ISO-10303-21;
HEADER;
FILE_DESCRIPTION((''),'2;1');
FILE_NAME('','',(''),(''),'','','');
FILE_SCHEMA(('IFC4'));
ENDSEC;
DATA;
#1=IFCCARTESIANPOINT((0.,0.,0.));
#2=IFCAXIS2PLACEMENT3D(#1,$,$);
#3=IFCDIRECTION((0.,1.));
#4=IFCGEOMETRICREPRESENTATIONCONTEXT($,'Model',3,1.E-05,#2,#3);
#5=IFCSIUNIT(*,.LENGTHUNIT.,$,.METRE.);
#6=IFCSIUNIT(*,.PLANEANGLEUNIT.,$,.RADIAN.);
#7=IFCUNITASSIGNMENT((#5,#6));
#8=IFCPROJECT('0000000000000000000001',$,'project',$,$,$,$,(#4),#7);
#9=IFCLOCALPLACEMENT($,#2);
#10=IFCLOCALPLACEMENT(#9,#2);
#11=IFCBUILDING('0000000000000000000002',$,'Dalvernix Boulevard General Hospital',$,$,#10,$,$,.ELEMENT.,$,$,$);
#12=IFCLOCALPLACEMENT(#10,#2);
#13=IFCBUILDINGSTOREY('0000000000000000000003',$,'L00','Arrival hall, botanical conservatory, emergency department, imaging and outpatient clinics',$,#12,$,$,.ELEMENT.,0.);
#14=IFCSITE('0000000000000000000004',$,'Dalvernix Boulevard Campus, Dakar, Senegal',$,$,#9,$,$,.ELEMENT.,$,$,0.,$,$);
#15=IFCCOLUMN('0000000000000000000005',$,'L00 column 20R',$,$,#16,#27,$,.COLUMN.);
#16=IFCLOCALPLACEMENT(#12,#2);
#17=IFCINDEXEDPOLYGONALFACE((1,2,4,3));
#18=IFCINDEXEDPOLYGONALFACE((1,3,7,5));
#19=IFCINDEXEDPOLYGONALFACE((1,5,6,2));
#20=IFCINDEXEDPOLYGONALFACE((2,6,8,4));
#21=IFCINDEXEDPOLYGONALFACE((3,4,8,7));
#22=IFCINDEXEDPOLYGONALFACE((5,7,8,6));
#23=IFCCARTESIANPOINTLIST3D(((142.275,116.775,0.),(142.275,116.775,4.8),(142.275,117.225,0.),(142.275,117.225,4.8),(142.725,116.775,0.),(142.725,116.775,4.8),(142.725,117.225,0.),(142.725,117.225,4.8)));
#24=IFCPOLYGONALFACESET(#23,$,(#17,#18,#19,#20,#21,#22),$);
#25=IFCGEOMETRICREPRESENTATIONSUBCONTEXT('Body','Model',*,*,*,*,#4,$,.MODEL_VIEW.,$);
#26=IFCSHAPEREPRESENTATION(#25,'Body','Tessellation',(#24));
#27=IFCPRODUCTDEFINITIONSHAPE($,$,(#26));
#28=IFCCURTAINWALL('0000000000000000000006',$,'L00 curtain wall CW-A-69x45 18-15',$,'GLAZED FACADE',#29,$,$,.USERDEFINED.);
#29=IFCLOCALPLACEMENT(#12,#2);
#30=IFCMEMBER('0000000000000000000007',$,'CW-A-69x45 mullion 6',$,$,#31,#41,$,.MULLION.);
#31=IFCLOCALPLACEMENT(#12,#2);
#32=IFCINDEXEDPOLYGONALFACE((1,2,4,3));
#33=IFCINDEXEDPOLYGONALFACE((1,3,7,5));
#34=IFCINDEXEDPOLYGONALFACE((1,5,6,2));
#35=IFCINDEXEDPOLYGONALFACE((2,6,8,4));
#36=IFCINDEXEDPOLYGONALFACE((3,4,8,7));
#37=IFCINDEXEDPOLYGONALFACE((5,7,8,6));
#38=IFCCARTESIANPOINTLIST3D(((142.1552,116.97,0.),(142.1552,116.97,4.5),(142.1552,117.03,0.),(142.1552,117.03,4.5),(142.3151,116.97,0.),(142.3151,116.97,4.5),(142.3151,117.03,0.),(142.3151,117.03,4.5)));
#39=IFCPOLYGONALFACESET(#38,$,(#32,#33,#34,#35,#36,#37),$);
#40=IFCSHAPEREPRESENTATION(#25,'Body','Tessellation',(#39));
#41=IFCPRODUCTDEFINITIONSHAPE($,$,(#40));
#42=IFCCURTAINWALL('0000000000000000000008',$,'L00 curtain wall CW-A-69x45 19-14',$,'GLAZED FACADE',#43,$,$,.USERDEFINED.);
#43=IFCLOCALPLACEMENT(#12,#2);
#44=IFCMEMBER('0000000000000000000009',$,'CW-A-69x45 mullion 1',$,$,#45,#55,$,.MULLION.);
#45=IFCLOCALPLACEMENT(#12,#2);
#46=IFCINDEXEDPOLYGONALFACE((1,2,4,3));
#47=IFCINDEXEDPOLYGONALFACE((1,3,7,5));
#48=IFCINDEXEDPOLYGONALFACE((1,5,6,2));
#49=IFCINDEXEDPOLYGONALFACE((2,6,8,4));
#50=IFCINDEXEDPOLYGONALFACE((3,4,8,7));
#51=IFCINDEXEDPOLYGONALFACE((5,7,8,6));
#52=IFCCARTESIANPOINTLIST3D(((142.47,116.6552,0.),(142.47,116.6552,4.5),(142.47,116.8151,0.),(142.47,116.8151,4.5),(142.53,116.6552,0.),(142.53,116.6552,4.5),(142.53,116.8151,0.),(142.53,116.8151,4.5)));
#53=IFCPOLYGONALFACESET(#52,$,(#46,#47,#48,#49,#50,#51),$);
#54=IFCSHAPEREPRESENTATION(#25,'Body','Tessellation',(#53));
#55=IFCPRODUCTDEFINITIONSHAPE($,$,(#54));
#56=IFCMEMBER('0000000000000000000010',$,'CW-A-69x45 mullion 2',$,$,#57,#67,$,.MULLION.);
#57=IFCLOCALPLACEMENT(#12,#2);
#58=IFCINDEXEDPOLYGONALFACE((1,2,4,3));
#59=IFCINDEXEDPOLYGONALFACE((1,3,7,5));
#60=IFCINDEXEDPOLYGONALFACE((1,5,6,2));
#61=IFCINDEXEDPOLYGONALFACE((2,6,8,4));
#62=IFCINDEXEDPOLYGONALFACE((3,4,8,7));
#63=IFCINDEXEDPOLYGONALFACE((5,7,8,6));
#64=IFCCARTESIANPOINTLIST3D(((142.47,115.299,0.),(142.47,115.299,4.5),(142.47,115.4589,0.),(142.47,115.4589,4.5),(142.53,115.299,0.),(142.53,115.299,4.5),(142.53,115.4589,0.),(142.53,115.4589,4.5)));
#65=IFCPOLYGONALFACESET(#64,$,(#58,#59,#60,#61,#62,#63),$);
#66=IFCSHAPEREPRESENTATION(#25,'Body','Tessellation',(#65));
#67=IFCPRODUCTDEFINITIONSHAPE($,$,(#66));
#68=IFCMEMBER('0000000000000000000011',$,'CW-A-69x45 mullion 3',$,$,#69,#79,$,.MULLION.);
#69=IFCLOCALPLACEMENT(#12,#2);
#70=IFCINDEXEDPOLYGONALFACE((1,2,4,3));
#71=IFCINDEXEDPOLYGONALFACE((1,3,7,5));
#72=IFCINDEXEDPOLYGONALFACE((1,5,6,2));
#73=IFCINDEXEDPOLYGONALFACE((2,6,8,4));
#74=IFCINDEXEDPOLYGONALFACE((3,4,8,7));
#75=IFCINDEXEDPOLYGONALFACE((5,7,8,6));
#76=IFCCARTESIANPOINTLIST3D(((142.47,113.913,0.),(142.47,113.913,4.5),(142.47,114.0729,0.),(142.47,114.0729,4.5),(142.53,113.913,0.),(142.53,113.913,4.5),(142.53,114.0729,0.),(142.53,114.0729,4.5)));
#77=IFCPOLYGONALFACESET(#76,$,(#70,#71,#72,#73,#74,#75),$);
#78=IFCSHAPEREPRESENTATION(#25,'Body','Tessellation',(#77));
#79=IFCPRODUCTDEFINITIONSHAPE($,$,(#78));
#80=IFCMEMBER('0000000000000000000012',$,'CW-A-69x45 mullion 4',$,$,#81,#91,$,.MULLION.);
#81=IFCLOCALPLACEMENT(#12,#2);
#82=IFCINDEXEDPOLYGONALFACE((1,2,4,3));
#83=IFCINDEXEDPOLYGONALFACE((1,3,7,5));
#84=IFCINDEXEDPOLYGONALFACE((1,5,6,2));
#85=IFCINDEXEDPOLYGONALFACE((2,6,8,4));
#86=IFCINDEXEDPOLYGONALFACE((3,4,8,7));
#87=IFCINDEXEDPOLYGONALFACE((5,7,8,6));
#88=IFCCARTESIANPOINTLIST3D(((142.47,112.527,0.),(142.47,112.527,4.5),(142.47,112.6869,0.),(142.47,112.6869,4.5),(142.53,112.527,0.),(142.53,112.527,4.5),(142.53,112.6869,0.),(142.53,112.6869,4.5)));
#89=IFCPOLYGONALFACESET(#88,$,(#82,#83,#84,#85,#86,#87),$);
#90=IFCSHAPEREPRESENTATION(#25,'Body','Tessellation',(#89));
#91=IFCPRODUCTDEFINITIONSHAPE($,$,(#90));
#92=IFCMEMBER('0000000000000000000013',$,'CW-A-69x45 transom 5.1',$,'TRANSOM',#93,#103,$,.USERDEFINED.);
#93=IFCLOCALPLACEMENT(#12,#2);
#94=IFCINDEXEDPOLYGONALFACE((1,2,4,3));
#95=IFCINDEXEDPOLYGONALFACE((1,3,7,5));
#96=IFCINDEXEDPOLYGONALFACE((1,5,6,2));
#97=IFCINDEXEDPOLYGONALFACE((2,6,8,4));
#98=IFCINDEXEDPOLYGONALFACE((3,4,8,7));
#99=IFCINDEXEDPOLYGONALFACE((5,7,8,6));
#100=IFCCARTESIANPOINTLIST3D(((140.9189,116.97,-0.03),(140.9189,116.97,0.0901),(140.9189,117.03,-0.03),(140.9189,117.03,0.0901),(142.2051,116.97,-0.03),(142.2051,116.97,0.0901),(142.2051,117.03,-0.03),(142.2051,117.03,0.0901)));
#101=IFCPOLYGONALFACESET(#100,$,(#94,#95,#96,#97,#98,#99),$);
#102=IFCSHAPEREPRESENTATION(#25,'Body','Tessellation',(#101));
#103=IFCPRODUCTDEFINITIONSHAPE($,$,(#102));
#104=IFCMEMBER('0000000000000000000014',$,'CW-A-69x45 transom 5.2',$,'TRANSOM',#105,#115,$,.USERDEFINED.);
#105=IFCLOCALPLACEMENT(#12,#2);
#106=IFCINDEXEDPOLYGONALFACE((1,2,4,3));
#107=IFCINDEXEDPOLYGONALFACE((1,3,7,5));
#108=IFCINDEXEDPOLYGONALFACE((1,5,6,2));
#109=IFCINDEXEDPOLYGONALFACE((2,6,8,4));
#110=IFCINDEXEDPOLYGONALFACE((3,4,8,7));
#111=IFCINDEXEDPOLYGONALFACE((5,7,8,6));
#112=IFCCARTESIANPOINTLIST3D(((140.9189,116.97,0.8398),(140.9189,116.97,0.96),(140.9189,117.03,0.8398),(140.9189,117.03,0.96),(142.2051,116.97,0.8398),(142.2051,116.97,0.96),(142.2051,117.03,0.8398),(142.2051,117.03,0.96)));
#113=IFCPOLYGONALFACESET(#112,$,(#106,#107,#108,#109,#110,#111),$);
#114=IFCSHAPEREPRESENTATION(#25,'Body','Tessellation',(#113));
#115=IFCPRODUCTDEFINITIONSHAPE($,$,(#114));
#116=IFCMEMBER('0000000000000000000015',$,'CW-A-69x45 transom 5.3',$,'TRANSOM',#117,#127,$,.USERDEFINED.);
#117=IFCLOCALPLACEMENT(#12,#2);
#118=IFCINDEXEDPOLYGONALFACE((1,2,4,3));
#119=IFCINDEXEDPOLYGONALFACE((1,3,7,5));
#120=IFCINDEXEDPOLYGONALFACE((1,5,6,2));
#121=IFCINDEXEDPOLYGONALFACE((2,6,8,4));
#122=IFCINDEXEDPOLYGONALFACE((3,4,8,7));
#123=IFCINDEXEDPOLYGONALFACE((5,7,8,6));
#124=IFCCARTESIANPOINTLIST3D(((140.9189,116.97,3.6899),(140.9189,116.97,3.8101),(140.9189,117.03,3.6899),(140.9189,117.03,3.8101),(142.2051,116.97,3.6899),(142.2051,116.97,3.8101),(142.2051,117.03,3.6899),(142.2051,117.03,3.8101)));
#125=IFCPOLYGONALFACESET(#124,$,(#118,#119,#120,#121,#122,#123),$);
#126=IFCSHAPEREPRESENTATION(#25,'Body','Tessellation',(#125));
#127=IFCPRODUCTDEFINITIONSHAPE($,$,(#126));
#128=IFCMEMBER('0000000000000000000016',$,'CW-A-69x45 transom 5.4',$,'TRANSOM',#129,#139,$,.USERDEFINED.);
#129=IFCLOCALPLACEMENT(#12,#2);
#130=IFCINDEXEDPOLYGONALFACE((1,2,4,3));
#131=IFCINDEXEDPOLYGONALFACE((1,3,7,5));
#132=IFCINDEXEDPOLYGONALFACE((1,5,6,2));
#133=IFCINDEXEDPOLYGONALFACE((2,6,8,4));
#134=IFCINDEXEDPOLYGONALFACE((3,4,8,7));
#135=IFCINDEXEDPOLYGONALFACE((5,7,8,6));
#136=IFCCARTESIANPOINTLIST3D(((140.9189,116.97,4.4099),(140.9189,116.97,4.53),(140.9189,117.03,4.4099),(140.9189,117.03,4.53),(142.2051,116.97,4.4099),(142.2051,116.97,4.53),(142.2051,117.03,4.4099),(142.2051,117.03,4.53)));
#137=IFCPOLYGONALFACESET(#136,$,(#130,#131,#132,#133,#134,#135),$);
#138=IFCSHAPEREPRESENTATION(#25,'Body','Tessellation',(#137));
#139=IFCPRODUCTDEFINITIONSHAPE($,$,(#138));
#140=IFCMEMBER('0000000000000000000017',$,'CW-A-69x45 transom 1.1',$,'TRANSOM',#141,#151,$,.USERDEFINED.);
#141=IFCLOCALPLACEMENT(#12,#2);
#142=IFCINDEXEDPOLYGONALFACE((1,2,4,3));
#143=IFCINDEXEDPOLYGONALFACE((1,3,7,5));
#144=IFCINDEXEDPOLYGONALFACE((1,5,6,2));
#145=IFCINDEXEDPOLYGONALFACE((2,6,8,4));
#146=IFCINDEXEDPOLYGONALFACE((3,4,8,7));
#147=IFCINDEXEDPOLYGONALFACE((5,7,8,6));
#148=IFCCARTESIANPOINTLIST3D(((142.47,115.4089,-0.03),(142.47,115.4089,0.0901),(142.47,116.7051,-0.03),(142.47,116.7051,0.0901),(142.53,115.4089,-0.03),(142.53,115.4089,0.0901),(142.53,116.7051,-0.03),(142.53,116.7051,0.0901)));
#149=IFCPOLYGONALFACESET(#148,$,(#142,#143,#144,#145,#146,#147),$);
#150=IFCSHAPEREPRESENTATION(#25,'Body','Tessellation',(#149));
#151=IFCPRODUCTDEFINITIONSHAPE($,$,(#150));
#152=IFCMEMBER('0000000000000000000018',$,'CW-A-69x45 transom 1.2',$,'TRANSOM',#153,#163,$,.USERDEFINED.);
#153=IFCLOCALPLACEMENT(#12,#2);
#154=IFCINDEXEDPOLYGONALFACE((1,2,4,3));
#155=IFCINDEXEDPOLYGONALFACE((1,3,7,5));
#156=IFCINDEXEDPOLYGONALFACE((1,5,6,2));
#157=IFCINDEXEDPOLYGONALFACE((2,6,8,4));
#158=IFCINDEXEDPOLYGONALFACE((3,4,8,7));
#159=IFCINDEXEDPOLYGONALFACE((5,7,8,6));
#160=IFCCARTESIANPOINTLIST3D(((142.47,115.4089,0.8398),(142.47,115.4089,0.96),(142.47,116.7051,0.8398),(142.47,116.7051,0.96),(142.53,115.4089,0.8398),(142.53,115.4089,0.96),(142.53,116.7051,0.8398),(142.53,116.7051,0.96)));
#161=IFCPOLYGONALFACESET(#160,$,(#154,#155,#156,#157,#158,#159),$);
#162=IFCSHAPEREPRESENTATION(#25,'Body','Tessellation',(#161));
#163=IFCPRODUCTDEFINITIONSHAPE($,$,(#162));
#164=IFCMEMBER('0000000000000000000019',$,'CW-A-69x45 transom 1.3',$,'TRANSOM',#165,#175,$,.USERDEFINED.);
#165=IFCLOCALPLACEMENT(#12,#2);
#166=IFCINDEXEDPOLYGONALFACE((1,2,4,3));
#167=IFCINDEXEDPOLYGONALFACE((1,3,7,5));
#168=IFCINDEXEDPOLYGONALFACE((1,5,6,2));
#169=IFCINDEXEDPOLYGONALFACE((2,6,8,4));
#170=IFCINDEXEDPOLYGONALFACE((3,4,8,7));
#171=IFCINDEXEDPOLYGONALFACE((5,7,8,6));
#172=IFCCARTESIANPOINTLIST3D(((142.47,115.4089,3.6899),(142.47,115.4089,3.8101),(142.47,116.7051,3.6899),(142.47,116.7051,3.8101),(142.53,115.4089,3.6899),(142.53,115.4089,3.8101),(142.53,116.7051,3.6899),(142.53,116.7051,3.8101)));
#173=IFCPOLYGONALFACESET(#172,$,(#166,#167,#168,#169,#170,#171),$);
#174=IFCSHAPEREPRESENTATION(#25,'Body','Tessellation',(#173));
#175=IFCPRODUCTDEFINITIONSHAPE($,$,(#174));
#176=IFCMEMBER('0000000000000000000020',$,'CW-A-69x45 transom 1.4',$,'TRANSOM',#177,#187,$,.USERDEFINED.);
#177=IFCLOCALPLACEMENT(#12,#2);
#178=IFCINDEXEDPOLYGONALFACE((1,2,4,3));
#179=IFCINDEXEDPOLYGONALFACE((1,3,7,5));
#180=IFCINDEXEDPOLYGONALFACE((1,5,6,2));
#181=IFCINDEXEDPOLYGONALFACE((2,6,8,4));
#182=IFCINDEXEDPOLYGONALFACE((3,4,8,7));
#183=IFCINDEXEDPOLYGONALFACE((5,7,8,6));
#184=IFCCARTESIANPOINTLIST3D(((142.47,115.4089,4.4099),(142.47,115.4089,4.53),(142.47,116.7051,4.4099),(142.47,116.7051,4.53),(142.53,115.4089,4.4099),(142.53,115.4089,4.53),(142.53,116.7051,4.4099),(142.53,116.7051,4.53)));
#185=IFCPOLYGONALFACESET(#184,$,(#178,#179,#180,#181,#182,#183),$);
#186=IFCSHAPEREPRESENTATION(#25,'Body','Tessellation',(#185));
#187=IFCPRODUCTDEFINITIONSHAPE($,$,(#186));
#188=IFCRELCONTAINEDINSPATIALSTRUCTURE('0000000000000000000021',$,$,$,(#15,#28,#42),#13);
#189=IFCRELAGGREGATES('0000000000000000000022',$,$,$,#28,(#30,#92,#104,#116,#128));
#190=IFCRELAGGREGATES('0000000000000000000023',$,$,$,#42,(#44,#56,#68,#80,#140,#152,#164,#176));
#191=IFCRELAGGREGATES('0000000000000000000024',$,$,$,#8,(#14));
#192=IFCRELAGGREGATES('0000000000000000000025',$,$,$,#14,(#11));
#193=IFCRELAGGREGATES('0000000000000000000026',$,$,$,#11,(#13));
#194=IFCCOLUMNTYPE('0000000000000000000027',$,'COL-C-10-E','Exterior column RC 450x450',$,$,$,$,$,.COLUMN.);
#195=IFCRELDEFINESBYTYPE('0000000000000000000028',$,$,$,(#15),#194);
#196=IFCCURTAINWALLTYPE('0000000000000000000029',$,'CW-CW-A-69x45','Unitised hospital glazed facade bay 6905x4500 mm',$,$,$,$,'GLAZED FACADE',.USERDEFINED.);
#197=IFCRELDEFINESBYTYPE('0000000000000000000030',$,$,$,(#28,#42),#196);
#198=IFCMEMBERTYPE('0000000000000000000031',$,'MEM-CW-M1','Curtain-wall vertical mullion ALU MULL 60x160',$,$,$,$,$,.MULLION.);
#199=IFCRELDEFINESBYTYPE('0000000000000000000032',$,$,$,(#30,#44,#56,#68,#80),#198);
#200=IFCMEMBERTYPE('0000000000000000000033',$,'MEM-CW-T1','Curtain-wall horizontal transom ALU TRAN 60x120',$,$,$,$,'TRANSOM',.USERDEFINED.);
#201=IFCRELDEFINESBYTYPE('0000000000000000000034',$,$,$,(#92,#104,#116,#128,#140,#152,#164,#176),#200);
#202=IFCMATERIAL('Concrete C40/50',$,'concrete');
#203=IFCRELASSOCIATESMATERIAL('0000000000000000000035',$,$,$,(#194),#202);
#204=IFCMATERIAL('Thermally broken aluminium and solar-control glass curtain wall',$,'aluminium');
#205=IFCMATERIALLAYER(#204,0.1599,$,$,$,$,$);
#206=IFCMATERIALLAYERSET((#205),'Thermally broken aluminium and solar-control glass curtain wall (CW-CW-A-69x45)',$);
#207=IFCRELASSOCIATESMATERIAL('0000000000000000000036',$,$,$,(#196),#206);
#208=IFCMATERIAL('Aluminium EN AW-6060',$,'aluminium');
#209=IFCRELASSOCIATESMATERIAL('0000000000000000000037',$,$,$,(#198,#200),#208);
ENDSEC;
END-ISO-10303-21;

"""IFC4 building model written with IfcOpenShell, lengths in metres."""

from ifc_helpers import new_model, si_unit, direction, frame, origin, origin_2d, place, context, subcontext, project, spatial, rectangle, extrude, material, layer, layer_set, material_profile, profile_set, type_object, element, aggregate, save


model = new_model("IFC4")

# Units and contexts
model_context = context("Model", 3, precision=1e-05, world=origin(), true_north=direction((0.0, 1.0)))
body_context = subcontext(model_context, "Body", "Model", "MODEL_VIEW")
ifc_project = project(units=[si_unit("LENGTHUNIT", "METRE"), si_unit("PLANEANGLEUNIT", "RADIAN")], contexts=[model_context])

# Site, building, storey
site_placement = place(None, origin())
site = spatial("IfcSite", under=ifc_project, at=site_placement, Name="Dalvernix Boulevard Campus, Dakar, Senegal", CompositionType="ELEMENT", RefElevation=0.0)
building_placement = place(site_placement, origin())
building = spatial("IfcBuilding", under=site, at=building_placement, Name="Dalvernix Boulevard General Hospital", CompositionType="ELEMENT")
storey_placement = place(building_placement, origin())
storey = spatial("IfcBuildingStorey", under=building, at=storey_placement, Name="L00", Description="Arrival hall, botanical conservatory, emergency department, imaging and outpatient clinics", CompositionType="ELEMENT", Elevation=0.0)

# Column
ifc_material_1 = material(Name="Concrete C40/50", Category="concrete")
ifc_material_profile_1 = material_profile(ifc_material_1, rectangle(XDim=0.45, YDim=0.45, at=origin_2d()), Name="RC 450x450")
ifc_profile_set_1 = profile_set([ifc_material_profile_1], Name="Concrete C40/50")
column_type = type_object("IfcColumnType", Name="COL-C-10-E", Description="Exterior column RC 450x450", PredefinedType="COLUMN", material=ifc_profile_set_1)
column_placement = place(storey_placement, frame((142.5, 117.0, 0.0), z_axis=(0.0, 0.0, 1.0), x_axis=(1.0, 0.0, 0.0)))
element("IfcColumn", 1, at=column_placement, inside=storey, type_object=column_type, Name="L00 column 20R", PredefinedType="COLUMN", context=body_context, shape_type="SweptSolid", body=[
    extrude(rectangle(XDim=0.45, YDim=0.45, at=origin_2d()), origin(), (0.0, 0.0, 1.0), 4.8),
])

# Curtain wall, member
ifc_material_2 = material(Name="Thermally broken aluminium and solar-control glass curtain wall", Category="aluminium")
ifc_layer_1 = layer(ifc_material_2, 0.1599)
ifc_layer_set_1 = layer_set([ifc_layer_1], Name="Thermally broken aluminium and solar-control glass curtain wall (CW-CW-A-69x45)")
curtain_wall_type = type_object("IfcCurtainWallType", Name="CW-CW-A-69x45", Description="Unitised hospital glazed facade bay 6905x4500 mm", ElementType="GLAZED FACADE", PredefinedType="USERDEFINED", material=ifc_layer_set_1)
curtain_wall_1_placement = place(storey_placement, origin())
curtain_wall_1 = element("IfcCurtainWall", 2, at=curtain_wall_1_placement, inside=storey, type_object=curtain_wall_type, Name="L00 curtain wall CW-A-69x45 18-15", ObjectType="GLAZED FACADE", PredefinedType="USERDEFINED")
ifc_material_3 = material(Name="Aluminium EN AW-6060", Category="aluminium")
ifc_material_profile_2 = material_profile(ifc_material_3, rectangle(XDim=0.0601, YDim=0.1599, at=origin_2d()), Name="ALU MULL 60x160")
ifc_profile_set_2 = profile_set([ifc_material_profile_2], Name="Aluminium EN AW-6060")
member_type_1 = type_object("IfcMemberType", Name="MEM-CW-M1", Description="Curtain-wall vertical mullion ALU MULL 60x160", PredefinedType="MULLION", material=ifc_profile_set_2)
member_1_placement = place(storey_placement, frame((142.2351, 117.0, 0.0), z_axis=(0.0, 0.0, 1.0), x_axis=(0.0, 1.0, 0.0)))
member_1 = element("IfcMember", 3, at=member_1_placement, type_object=member_type_1, Name="CW-A-69x45 mullion 6", PredefinedType="MULLION", context=body_context, shape_type="SweptSolid", body=[
    extrude(rectangle(XDim=0.0601, YDim=0.1599, at=origin_2d()), origin(), (0.0, 0.0, 1.0), 4.5),
])

# Curtain wall, members
curtain_wall_2_placement = place(storey_placement, origin())
curtain_wall_2 = element("IfcCurtainWall", 4, at=curtain_wall_2_placement, inside=storey, type_object=curtain_wall_type, Name="L00 curtain wall CW-A-69x45 19-14", ObjectType="GLAZED FACADE", PredefinedType="USERDEFINED")
member_2_placement = place(storey_placement, frame((142.5, 116.7351, 0.0), z_axis=(0.0, 0.0, 1.0), x_axis=(1.0, 0.0, 0.0)))
member_2 = element("IfcMember", 5, at=member_2_placement, type_object=member_type_1, Name="CW-A-69x45 mullion 1", PredefinedType="MULLION", context=body_context, shape_type="SweptSolid", body=[
    extrude(rectangle(XDim=0.0601, YDim=0.1599, at=origin_2d()), origin(), (0.0, 0.0, 1.0), 4.5),
])
member_3_placement = place(storey_placement, frame((142.5, 115.3789, 0.0), z_axis=(0.0, 0.0, 1.0), x_axis=(1.0, 0.0, 0.0)))
member_3 = element("IfcMember", 6, at=member_3_placement, type_object=member_type_1, Name="CW-A-69x45 mullion 2", PredefinedType="MULLION", context=body_context, shape_type="SweptSolid", body=[
    extrude(rectangle(XDim=0.0601, YDim=0.1599, at=origin_2d()), origin(), (0.0, 0.0, 1.0), 4.5),
])
member_4_placement = place(storey_placement, frame((142.5, 113.9929, 0.0), z_axis=(0.0, 0.0, 1.0), x_axis=(1.0, 0.0, 0.0)))
member_4 = element("IfcMember", 7, at=member_4_placement, type_object=member_type_1, Name="CW-A-69x45 mullion 3", PredefinedType="MULLION", context=body_context, shape_type="SweptSolid", body=[
    extrude(rectangle(XDim=0.0601, YDim=0.1599, at=origin_2d()), origin(), (0.0, 0.0, 1.0), 4.5),
])
member_5_placement = place(storey_placement, frame((142.5, 112.6069, 0.0), z_axis=(0.0, 0.0, 1.0), x_axis=(1.0, 0.0, 0.0)))
member_5 = element("IfcMember", 8, at=member_5_placement, type_object=member_type_1, Name="CW-A-69x45 mullion 4", PredefinedType="MULLION", context=body_context, shape_type="SweptSolid", body=[
    extrude(rectangle(XDim=0.0601, YDim=0.1599, at=origin_2d()), origin(), (0.0, 0.0, 1.0), 4.5),
])

# Members
ifc_material_profile_3 = material_profile(ifc_material_3, rectangle(XDim=0.0601, YDim=0.1201, at=origin_2d()), Name="ALU TRAN 60x120")
ifc_profile_set_3 = profile_set([ifc_material_profile_3], Name="Aluminium EN AW-6060")
member_type_2 = type_object("IfcMemberType", Name="MEM-CW-T1", Description="Curtain-wall horizontal transom ALU TRAN 60x120", ElementType="TRANSOM", PredefinedType="USERDEFINED", material=ifc_profile_set_3)
member_6_placement = place(storey_placement, frame((140.9189, 117.0, 0.03), z_axis=(1.0, 0.0, 0.0), x_axis=(0.0, 1.0, 0.0)))
member_6 = element("IfcMember", 9, at=member_6_placement, type_object=member_type_2, Name="CW-A-69x45 transom 5.1", ObjectType="TRANSOM", PredefinedType="USERDEFINED", context=body_context, shape_type="SweptSolid", body=[
    extrude(rectangle(XDim=0.0601, YDim=0.1201, at=origin_2d()), origin(), (0.0, 0.0, 1.0), 1.2861),
])
member_7_placement = place(storey_placement, frame((140.9189, 117.0, 0.8999), z_axis=(1.0, 0.0, 0.0), x_axis=(0.0, 1.0, 0.0)))
member_7 = element("IfcMember", 10, at=member_7_placement, type_object=member_type_2, Name="CW-A-69x45 transom 5.2", ObjectType="TRANSOM", PredefinedType="USERDEFINED", context=body_context, shape_type="SweptSolid", body=[
    extrude(rectangle(XDim=0.0601, YDim=0.1201, at=origin_2d()), origin(), (0.0, 0.0, 1.0), 1.2861),
])
member_8_placement = place(storey_placement, frame((140.9189, 117.0, 3.75), z_axis=(1.0, 0.0, 0.0), x_axis=(0.0, 1.0, 0.0)))
member_8 = element("IfcMember", 11, at=member_8_placement, type_object=member_type_2, Name="CW-A-69x45 transom 5.3", ObjectType="TRANSOM", PredefinedType="USERDEFINED", context=body_context, shape_type="SweptSolid", body=[
    extrude(rectangle(XDim=0.0601, YDim=0.1201, at=origin_2d()), origin(), (0.0, 0.0, 1.0), 1.2861),
])
member_9_placement = place(storey_placement, frame((140.9189, 117.0, 4.47), z_axis=(1.0, 0.0, 0.0), x_axis=(0.0, 1.0, 0.0)))
member_9 = element("IfcMember", 12, at=member_9_placement, type_object=member_type_2, Name="CW-A-69x45 transom 5.4", ObjectType="TRANSOM", PredefinedType="USERDEFINED", context=body_context, shape_type="SweptSolid", body=[
    extrude(rectangle(XDim=0.0601, YDim=0.1201, at=origin_2d()), origin(), (0.0, 0.0, 1.0), 1.2861),
])
member_10_placement = place(storey_placement, frame((142.5, 116.7051, 0.03), z_axis=(0.0, -1.0, 0.0), x_axis=(1.0, 0.0, 0.0)))
member_10 = element("IfcMember", 13, at=member_10_placement, type_object=member_type_2, Name="CW-A-69x45 transom 1.1", ObjectType="TRANSOM", PredefinedType="USERDEFINED", context=body_context, shape_type="SweptSolid", body=[
    extrude(rectangle(XDim=0.0601, YDim=0.1201, at=origin_2d()), origin(), (0.0, 0.0, 1.0), 1.2961),
])
member_11_placement = place(storey_placement, frame((142.5, 116.7051, 0.8999), z_axis=(0.0, -1.0, 0.0), x_axis=(1.0, 0.0, 0.0)))
member_11 = element("IfcMember", 14, at=member_11_placement, type_object=member_type_2, Name="CW-A-69x45 transom 1.2", ObjectType="TRANSOM", PredefinedType="USERDEFINED", context=body_context, shape_type="SweptSolid", body=[
    extrude(rectangle(XDim=0.0601, YDim=0.1201, at=origin_2d()), origin(), (0.0, 0.0, 1.0), 1.2961),
])
member_12_placement = place(storey_placement, frame((142.5, 116.7051, 3.75), z_axis=(0.0, -1.0, 0.0), x_axis=(1.0, 0.0, 0.0)))
member_12 = element("IfcMember", 15, at=member_12_placement, type_object=member_type_2, Name="CW-A-69x45 transom 1.3", ObjectType="TRANSOM", PredefinedType="USERDEFINED", context=body_context, shape_type="SweptSolid", body=[
    extrude(rectangle(XDim=0.0601, YDim=0.1201, at=origin_2d()), origin(), (0.0, 0.0, 1.0), 1.2961),
])
member_13_placement = place(storey_placement, frame((142.5, 116.7051, 4.47), z_axis=(0.0, -1.0, 0.0), x_axis=(1.0, 0.0, 0.0)))
member_13 = element("IfcMember", 16, at=member_13_placement, type_object=member_type_2, Name="CW-A-69x45 transom 1.4", ObjectType="TRANSOM", PredefinedType="USERDEFINED", context=body_context, shape_type="SweptSolid", body=[
    extrude(rectangle(XDim=0.0601, YDim=0.1201, at=origin_2d()), origin(), (0.0, 0.0, 1.0), 1.2961),
])

aggregate(curtain_wall_1, [member_1, member_6, member_7, member_8, member_9])
aggregate(curtain_wall_2, [member_2, member_3, member_4, member_5, member_10, member_11, member_12, member_13])

save(model, "model.ifc")
